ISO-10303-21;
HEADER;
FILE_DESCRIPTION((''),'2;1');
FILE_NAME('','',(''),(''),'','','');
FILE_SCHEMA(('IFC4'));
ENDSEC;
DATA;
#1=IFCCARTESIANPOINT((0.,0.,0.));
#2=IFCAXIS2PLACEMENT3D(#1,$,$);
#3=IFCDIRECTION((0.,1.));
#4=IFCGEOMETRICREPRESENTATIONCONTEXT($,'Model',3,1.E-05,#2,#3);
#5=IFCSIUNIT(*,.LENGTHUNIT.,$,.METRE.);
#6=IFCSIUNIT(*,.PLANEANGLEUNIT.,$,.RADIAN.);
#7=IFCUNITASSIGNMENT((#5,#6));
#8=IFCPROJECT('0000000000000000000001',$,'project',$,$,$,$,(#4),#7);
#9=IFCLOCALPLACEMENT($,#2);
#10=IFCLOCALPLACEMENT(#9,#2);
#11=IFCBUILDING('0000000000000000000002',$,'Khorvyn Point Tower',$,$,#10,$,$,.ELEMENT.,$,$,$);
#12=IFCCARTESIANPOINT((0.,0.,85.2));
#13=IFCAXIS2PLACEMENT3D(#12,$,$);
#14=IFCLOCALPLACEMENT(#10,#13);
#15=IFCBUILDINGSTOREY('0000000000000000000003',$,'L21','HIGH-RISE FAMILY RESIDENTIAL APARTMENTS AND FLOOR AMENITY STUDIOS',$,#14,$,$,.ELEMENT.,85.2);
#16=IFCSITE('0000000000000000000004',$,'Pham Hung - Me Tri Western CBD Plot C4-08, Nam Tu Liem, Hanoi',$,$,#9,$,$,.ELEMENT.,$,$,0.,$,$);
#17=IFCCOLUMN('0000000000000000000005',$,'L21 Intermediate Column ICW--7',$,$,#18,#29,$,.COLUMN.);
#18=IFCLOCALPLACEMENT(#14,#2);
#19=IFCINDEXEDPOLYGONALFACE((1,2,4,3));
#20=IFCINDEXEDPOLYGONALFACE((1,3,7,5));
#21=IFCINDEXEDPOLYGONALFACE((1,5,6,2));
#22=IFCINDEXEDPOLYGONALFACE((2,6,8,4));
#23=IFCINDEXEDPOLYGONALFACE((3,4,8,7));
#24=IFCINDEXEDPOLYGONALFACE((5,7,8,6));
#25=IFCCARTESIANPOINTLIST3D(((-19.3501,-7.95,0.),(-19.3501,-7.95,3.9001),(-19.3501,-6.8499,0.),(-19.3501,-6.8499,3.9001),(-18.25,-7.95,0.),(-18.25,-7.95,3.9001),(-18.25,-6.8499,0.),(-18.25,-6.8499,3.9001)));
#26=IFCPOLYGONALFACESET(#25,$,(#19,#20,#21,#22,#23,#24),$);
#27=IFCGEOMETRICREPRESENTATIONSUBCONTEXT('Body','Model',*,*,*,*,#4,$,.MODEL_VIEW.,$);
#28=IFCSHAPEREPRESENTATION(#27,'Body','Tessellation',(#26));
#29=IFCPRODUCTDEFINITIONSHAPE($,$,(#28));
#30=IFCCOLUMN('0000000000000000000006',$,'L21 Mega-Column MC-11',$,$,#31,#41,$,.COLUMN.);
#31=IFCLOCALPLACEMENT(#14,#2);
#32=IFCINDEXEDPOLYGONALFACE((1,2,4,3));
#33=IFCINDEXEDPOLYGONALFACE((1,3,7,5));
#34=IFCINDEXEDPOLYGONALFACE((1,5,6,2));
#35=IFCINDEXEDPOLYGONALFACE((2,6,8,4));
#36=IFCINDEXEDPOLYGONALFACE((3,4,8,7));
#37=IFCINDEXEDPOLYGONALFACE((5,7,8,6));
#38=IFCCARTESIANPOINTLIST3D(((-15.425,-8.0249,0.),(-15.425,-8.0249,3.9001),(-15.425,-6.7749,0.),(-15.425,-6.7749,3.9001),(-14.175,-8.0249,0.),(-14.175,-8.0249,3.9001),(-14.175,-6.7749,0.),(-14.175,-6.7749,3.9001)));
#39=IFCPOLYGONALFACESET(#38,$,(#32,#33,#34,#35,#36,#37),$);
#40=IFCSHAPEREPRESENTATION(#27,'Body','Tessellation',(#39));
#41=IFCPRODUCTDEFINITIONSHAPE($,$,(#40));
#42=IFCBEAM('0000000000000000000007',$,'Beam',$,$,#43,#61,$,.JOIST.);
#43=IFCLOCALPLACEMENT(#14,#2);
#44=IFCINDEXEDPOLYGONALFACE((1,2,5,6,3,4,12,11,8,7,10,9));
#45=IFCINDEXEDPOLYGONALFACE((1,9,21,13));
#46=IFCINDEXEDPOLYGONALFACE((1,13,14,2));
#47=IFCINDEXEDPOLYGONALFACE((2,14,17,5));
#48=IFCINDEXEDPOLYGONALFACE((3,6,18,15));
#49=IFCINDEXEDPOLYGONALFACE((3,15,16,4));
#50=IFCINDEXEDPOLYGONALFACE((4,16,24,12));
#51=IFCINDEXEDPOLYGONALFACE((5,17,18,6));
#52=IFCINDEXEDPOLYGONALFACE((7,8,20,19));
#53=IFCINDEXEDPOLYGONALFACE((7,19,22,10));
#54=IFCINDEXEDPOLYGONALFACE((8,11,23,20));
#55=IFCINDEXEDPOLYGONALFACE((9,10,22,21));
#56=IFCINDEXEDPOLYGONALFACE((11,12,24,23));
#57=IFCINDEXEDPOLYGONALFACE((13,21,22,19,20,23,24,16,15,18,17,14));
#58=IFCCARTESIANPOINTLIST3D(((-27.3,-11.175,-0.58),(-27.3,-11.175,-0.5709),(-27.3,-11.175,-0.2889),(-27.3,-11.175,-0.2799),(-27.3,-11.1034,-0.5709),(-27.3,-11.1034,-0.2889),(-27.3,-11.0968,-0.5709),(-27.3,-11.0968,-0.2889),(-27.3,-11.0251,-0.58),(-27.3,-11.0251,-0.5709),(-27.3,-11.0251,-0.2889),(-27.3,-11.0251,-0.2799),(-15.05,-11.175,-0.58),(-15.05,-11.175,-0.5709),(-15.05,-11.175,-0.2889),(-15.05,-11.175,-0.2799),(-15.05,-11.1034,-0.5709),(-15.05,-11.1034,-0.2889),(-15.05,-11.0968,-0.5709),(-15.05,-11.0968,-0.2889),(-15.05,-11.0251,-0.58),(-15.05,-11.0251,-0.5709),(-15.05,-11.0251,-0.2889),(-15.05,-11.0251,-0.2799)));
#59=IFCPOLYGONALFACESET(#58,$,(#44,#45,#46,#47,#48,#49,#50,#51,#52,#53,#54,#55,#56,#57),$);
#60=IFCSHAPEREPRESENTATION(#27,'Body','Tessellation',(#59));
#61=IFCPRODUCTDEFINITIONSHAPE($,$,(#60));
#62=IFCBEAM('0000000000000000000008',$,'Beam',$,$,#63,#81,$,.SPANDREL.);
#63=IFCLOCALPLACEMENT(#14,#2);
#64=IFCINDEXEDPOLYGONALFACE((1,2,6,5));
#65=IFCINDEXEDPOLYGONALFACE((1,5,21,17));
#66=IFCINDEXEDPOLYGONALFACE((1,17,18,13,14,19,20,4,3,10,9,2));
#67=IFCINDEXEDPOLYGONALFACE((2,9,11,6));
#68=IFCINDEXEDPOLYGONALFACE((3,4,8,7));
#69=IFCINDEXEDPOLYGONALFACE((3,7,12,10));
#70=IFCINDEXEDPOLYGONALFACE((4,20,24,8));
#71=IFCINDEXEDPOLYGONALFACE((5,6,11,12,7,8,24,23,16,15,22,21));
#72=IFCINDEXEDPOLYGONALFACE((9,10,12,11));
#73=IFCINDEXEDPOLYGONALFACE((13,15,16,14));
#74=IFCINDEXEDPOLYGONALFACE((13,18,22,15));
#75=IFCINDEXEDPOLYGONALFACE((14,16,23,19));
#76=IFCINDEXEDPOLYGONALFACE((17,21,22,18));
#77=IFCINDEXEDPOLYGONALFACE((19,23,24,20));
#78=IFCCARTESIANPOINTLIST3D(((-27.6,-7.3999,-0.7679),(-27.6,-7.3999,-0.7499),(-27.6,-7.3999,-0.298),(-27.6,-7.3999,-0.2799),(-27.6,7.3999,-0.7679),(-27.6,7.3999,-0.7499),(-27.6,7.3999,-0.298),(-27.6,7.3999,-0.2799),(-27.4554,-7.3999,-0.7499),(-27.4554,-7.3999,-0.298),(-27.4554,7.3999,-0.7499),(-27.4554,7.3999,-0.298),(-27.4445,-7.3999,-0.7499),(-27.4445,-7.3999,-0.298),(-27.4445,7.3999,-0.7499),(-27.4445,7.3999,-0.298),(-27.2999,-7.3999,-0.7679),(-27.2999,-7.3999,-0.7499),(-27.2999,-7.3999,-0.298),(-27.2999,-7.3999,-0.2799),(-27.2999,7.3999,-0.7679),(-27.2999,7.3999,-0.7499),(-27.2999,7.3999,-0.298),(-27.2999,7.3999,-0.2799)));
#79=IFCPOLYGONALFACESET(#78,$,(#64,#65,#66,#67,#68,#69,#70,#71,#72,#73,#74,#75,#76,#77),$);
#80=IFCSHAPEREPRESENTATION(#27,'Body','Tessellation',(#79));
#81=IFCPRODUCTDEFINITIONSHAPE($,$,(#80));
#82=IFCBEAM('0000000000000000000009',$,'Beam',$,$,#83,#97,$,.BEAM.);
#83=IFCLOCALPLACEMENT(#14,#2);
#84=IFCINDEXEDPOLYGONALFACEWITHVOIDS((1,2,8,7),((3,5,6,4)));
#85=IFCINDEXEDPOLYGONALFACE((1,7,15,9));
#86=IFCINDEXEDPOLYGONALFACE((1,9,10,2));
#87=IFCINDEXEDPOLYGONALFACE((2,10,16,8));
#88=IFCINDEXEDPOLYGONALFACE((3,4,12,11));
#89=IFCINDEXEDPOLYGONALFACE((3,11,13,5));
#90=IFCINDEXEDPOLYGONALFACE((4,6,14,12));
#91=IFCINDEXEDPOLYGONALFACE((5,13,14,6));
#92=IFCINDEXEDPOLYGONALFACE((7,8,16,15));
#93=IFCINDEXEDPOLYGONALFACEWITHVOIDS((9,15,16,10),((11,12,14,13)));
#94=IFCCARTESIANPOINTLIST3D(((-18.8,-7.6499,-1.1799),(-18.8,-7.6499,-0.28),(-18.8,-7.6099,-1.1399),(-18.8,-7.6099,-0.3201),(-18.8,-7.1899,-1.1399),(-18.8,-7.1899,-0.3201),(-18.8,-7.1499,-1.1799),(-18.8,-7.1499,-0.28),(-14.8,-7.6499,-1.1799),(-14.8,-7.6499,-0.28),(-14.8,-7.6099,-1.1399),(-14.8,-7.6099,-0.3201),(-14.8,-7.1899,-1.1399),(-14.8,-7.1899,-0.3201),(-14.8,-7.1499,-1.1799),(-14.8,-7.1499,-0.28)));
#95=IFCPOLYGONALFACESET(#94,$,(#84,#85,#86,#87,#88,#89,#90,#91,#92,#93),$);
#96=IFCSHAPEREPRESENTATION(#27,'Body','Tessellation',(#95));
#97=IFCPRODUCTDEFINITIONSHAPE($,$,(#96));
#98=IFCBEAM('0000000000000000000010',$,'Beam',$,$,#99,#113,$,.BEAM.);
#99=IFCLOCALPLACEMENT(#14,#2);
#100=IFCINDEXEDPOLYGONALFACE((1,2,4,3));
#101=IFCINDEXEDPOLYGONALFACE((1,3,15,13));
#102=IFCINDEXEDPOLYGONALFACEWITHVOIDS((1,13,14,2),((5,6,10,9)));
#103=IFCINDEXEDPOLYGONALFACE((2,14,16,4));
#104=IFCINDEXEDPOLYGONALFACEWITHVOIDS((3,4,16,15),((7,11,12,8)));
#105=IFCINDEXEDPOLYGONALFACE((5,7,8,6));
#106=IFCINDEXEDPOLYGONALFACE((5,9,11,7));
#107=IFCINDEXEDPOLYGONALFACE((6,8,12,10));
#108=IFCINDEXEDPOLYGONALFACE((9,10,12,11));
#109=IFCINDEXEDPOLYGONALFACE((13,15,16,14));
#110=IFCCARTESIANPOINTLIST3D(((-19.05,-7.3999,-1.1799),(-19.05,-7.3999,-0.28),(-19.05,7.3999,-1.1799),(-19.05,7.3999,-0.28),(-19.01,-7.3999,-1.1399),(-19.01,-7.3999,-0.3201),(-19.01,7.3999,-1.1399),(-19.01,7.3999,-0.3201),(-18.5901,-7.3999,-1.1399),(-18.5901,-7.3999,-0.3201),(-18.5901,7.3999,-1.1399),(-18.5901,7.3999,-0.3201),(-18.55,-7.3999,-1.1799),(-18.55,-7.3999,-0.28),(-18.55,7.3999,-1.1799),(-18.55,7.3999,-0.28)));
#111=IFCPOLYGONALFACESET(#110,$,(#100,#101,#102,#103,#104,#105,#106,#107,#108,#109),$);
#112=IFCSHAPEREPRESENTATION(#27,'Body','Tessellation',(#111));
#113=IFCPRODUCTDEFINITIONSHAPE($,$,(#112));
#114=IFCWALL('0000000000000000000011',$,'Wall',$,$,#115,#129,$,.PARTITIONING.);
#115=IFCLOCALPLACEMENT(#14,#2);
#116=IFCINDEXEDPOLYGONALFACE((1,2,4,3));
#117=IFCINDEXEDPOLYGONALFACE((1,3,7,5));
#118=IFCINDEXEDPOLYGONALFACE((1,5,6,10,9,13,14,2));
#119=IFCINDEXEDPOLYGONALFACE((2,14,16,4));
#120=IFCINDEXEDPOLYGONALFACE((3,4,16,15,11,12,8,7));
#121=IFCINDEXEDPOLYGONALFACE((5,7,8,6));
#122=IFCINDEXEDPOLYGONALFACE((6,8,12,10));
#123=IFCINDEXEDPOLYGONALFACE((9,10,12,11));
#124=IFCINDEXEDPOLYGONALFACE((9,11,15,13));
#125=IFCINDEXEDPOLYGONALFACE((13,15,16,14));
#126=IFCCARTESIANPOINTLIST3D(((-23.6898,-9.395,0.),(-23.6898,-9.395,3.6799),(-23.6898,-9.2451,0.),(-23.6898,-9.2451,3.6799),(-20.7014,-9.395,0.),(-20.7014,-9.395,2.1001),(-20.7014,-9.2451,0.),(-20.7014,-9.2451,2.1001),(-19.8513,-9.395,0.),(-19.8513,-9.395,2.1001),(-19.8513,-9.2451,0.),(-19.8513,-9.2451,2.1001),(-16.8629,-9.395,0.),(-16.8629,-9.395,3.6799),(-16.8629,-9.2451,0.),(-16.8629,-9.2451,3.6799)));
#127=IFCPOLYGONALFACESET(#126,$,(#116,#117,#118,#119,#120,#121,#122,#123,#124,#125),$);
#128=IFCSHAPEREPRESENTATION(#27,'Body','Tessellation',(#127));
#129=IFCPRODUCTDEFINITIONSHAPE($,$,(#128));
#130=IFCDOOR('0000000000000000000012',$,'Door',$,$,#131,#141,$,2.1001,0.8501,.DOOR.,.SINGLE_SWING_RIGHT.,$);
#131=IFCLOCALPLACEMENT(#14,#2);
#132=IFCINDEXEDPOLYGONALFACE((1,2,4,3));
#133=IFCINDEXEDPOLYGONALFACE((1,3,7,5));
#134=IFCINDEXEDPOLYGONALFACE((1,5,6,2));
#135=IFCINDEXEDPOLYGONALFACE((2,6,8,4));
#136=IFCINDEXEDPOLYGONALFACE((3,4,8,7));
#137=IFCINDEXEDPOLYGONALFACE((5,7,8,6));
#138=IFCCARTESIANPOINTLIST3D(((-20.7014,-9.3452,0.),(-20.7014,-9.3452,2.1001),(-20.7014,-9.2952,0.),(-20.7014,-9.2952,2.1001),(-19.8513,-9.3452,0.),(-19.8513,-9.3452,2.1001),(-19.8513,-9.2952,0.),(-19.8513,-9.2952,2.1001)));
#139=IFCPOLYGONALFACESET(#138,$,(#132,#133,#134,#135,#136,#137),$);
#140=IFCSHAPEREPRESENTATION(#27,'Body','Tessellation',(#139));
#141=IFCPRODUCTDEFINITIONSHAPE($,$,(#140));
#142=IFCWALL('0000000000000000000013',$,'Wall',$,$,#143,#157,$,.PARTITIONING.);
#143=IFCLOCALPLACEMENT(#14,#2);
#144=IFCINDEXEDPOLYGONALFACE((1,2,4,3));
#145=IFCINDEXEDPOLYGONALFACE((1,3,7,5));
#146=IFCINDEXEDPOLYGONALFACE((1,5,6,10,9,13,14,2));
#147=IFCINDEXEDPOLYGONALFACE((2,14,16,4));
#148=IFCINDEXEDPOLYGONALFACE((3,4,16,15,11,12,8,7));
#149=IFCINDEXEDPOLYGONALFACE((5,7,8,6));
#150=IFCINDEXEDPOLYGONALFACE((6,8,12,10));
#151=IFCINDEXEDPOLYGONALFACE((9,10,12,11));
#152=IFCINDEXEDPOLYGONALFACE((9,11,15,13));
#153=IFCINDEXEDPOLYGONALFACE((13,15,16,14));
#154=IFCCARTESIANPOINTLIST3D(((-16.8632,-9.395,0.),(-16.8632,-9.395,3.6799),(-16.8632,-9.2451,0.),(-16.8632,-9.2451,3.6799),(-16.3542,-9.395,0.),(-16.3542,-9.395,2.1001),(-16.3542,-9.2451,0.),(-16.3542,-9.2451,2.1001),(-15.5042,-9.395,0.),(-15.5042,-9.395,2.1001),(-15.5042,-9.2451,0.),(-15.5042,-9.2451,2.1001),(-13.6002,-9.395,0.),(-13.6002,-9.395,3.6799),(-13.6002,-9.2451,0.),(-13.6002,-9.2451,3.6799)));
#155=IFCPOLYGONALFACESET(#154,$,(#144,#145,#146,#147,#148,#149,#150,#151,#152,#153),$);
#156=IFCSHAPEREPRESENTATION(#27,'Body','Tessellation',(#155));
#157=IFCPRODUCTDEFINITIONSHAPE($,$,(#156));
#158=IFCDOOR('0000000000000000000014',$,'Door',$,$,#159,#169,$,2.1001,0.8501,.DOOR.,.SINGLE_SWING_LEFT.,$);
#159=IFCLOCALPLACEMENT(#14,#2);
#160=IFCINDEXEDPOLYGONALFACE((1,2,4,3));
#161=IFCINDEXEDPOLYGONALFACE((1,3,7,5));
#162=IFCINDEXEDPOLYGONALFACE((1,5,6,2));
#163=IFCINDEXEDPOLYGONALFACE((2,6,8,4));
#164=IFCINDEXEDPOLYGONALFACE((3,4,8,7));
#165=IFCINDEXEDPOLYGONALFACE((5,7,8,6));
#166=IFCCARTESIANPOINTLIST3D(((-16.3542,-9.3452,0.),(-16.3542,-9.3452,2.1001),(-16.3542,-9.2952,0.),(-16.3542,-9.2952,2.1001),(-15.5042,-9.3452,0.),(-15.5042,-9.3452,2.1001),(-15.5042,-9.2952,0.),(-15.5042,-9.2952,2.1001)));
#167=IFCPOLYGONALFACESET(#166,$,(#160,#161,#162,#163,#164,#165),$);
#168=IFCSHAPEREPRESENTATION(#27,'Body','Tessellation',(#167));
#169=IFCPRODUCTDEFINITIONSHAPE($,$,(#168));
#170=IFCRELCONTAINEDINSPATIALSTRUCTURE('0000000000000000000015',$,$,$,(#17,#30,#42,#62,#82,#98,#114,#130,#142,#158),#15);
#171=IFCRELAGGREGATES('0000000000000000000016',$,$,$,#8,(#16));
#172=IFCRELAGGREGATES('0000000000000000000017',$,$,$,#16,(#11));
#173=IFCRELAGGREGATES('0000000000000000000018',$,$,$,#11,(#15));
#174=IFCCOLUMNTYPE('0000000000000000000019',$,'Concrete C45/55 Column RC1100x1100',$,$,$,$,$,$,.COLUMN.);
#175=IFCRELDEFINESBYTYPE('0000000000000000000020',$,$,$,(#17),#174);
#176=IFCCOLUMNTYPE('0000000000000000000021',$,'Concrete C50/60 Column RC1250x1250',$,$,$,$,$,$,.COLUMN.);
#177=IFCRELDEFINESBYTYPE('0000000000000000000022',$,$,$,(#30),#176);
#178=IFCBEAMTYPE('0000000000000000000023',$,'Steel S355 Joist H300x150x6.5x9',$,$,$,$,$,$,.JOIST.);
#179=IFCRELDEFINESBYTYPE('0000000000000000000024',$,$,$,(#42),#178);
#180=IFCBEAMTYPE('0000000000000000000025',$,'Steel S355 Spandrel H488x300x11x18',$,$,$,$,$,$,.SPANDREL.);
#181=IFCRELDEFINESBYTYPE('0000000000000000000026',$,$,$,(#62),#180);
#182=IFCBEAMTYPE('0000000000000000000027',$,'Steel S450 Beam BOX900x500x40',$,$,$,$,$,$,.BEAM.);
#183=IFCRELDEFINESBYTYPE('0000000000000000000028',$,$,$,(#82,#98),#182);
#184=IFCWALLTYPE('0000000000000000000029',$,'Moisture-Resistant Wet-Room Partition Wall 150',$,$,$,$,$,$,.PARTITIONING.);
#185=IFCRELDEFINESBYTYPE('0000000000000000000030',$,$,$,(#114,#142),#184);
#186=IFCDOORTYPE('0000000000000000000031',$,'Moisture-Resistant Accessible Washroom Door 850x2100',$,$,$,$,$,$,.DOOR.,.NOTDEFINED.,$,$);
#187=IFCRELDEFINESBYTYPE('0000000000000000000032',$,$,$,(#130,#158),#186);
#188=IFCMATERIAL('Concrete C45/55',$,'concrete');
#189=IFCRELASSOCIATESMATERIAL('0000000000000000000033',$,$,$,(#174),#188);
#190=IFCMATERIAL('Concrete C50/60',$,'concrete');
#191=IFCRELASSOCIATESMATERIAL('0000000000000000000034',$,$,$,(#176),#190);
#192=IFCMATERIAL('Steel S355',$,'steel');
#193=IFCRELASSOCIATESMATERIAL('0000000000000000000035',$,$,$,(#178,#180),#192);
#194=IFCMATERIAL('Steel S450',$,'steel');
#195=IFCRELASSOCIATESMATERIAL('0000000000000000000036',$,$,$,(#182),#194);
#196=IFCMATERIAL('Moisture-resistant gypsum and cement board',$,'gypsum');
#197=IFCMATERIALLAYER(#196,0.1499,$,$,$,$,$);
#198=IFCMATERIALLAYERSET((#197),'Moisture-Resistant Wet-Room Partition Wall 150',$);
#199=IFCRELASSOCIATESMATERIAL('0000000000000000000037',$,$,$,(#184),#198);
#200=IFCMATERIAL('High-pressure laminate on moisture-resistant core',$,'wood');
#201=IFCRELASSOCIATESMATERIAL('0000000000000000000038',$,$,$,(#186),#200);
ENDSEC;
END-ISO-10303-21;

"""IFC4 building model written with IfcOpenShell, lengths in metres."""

from ifc_helpers import new_model, si_unit, direction, frame, frame_2d, origin, origin_2d, place, context, subcontext, project, spatial, rectangle, hollow_rectangle, i_section, extrude, material, layer, layer_set, material_profile, profile_set, type_object, element, fill, save


model = new_model("IFC4")

# Units and contexts
model_context = context("Model", 3, precision=1e-05, world=origin(), true_north=direction((0.0, 1.0)))
body_context = subcontext(model_context, "Body", "Model", "MODEL_VIEW")
ifc_project = project(units=[si_unit("LENGTHUNIT", "METRE"), si_unit("PLANEANGLEUNIT", "RADIAN")], contexts=[model_context])

# Site, building, storey
site_placement = place(None, origin())
site = spatial("IfcSite", under=ifc_project, at=site_placement, Name="Pham Hung - Me Tri Western CBD Plot C4-08, Nam Tu Liem, Hanoi", CompositionType="ELEMENT", RefElevation=0.0)
building_placement = place(site_placement, origin())
building = spatial("IfcBuilding", under=site, at=building_placement, Name="Khorvyn Point Tower", CompositionType="ELEMENT")
storey_placement = place(building_placement, frame((0.0, 0.0, 85.2)))
storey = spatial("IfcBuildingStorey", under=building, at=storey_placement, Name="L21", Description="HIGH-RISE FAMILY RESIDENTIAL APARTMENTS AND FLOOR AMENITY STUDIOS", CompositionType="ELEMENT", Elevation=85.2)

# Columns
ifc_material_1 = material(Name="Concrete C45/55", Category="concrete")
ifc_material_profile_1 = material_profile(ifc_material_1, rectangle(XDim=1.1001, YDim=1.1001, at=origin_2d()))
ifc_profile_set_1 = profile_set([ifc_material_profile_1], Name="Concrete C45/55 RC1100x1100")
column_type_1 = type_object("IfcColumnType", Name="Concrete C45/55 Column RC1100x1100", PredefinedType="COLUMN", material=ifc_profile_set_1)
column_1_placement = place(storey_placement, frame((-18.8, -7.3999, 0.0), z_axis=(0.0, 0.0, 1.0), x_axis=(1.0, 0.0, 0.0)))
element("IfcColumn", 1, at=column_1_placement, inside=storey, type_object=column_type_1, Name="L21 Intermediate Column ICW--7", PredefinedType="COLUMN", context=body_context, shape_type="SweptSolid", body=[
    extrude(rectangle(XDim=1.1001, YDim=1.1001, at=origin_2d()), origin(), (0.0, 0.0, 1.0), 3.9001),
])
ifc_material_2 = material(Name="Concrete C50/60", Category="concrete")
ifc_material_profile_2 = material_profile(ifc_material_2, rectangle(XDim=1.25, YDim=1.25, at=origin_2d()))
ifc_profile_set_2 = profile_set([ifc_material_profile_2], Name="Concrete C50/60 RC1250x1250")
column_type_2 = type_object("IfcColumnType", Name="Concrete C50/60 Column RC1250x1250", PredefinedType="COLUMN", material=ifc_profile_set_2)
column_2_placement = place(storey_placement, frame((-14.8, -7.3999, 0.0), z_axis=(0.0, 0.0, 1.0), x_axis=(1.0, 0.0, 0.0)))
element("IfcColumn", 2, at=column_2_placement, inside=storey, type_object=column_type_2, Name="L21 Mega-Column MC-11", PredefinedType="COLUMN", context=body_context, shape_type="SweptSolid", body=[
    extrude(rectangle(XDim=1.25, YDim=1.25, at=origin_2d()), origin(), (0.0, 0.0, 1.0), 3.9001),
])

# Beams
ifc_material_3 = material(Name="Steel S355", Category="steel")
ifc_material_profile_3 = material_profile(ifc_material_3, i_section(OverallWidth=0.1499, OverallDepth=0.3, WebThickness=0.0066, FlangeThickness=0.009, at=origin_2d()))
ifc_profile_set_3 = profile_set([ifc_material_profile_3], Name="Steel S355 H300x150x6.5x9")
beam_type_1 = type_object("IfcBeamType", Name="Steel S355 Joist H300x150x6.5x9", PredefinedType="JOIST", material=ifc_profile_set_3)
beam_1_placement = place(storey_placement, frame((-27.3, -11.1001, -0.4299), z_axis=(1.0, 0.0, 0.0), x_axis=(0.0, 1.0, 0.0)))
element("IfcBeam", 3, at=beam_1_placement, inside=storey, type_object=beam_type_1, Name="Beam", PredefinedType="JOIST", context=body_context, shape_type="SweptSolid", body=[
    extrude(i_section(OverallWidth=0.1499, OverallDepth=0.3, WebThickness=0.0066, FlangeThickness=0.009, at=origin_2d()), origin(), (0.0, 0.0, 1.0), 12.25),
])
ifc_material_profile_4 = material_profile(ifc_material_3, i_section(OverallWidth=0.3, OverallDepth=0.488, WebThickness=0.011, FlangeThickness=0.0181, at=origin_2d()))
ifc_profile_set_4 = profile_set([ifc_material_profile_4], Name="Steel S355 H488x300x11x18")
beam_type_2 = type_object("IfcBeamType", Name="Steel S355 Spandrel H488x300x11x18", PredefinedType="SPANDREL", material=ifc_profile_set_4)
beam_2_placement = place(storey_placement, frame((-27.45, -7.3999, -0.5239), z_axis=(0.0, 1.0, 0.0), x_axis=(-1.0, 0.0, 0.0)))
element("IfcBeam", 4, at=beam_2_placement, inside=storey, type_object=beam_type_2, Name="Beam", PredefinedType="SPANDREL", context=body_context, shape_type="SweptSolid", body=[
    extrude(i_section(OverallWidth=0.3, OverallDepth=0.488, WebThickness=0.011, FlangeThickness=0.0181, at=origin_2d()), origin(), (0.0, 0.0, 1.0), 14.7998),
])
ifc_material_4 = material(Name="Steel S450", Category="steel")
ifc_material_profile_5 = material_profile(ifc_material_4, hollow_rectangle(XDim=0.5, YDim=0.8999, WallThickness=0.04, at=origin_2d()))
ifc_profile_set_5 = profile_set([ifc_material_profile_5], Name="Steel S450 BOX900x500x40")
beam_type_3 = type_object("IfcBeamType", Name="Steel S450 Beam BOX900x500x40", PredefinedType="BEAM", material=ifc_profile_set_5)
beam_3_placement = place(storey_placement, frame((-18.8, -7.3999, -0.73), z_axis=(1.0, 0.0, 0.0), x_axis=(0.0, 1.0, 0.0)))
element("IfcBeam", 5, at=beam_3_placement, inside=storey, type_object=beam_type_3, Name="Beam", PredefinedType="BEAM", context=body_context, shape_type="SweptSolid", body=[
    extrude(hollow_rectangle(XDim=0.5, YDim=0.8999, WallThickness=0.04, at=origin_2d()), origin(), (0.0, 0.0, 1.0), 4.0),
])
beam_4_placement = place(storey_placement, frame((-18.8, -7.3999, -0.73), z_axis=(0.0, 1.0, 0.0), x_axis=(-1.0, 0.0, 0.0)))
element("IfcBeam", 6, at=beam_4_placement, inside=storey, type_object=beam_type_3, Name="Beam", PredefinedType="BEAM", context=body_context, shape_type="SweptSolid", body=[
    extrude(hollow_rectangle(XDim=0.5, YDim=0.8999, WallThickness=0.04, at=origin_2d()), origin(), (0.0, 0.0, 1.0), 14.7998),
])

# Walls, openings, doors
ifc_material_5 = material(Name="Moisture-resistant gypsum and cement board", Category="gypsum")
ifc_layer = layer(ifc_material_5, 0.1499)
ifc_layer_set = layer_set([ifc_layer], Name="Moisture-Resistant Wet-Room Partition Wall 150")
wall_type = type_object("IfcWallType", Name="Moisture-Resistant Wet-Room Partition Wall 150", PredefinedType="PARTITIONING", material=ifc_layer_set)
wall_1_placement = place(storey_placement, frame((-23.6899, -9.3201, 0.0), z_axis=(0.0, 0.0, 1.0), x_axis=(1.0, 0.0, 0.0)))
wall_1 = element("IfcWall", 7, at=wall_1_placement, inside=storey, type_object=wall_type, Name="Wall", PredefinedType="PARTITIONING", context=body_context, shape_type="SweptSolid", body=[
    extrude(rectangle(XDim=6.8269, YDim=0.1499, at=frame_2d((3.4136, 0.0))), origin(), (0.0, 0.0, 1.0), 3.6799),
])
opening_1_placement = place(wall_1_placement, frame((2.9885, 0.0, 0.0)))
opening_1 = element("IfcOpeningElement", 8, at=opening_1_placement, cuts=wall_1, PredefinedType="OPENING", context=body_context, shape_type="SweptSolid", body=[
    extrude(rectangle(XDim=0.8501, YDim=2.1001, at=frame_2d((0.425, 1.05))), frame((0.0, 0.085, 0.0), z_axis=(0.0, -1.0, 0.0), x_axis=(1.0, 0.0, 0.0)), (0.0, 0.0, 1.0), 0.1699),
])
ifc_material_6 = material(Name="High-pressure laminate on moisture-resistant core", Category="wood")
door_type = type_object("IfcDoorType", Name="Moisture-Resistant Accessible Washroom Door 850x2100", OperationType="NOTDEFINED", PredefinedType="DOOR", material=ifc_material_6)
door_1_placement = place(opening_1_placement, origin())
door_1 = element("IfcDoor", 9, at=door_1_placement, inside=storey, type_object=door_type, Name="Door", OperationType="SINGLE_SWING_RIGHT", OverallHeight=2.1001, OverallWidth=0.8501, PredefinedType="DOOR", context=body_context, shape_type="SweptSolid", body=[
    extrude(rectangle(XDim=0.8501, YDim=2.1001, at=frame_2d((0.425, 1.05))), frame((0.0, 0.0249, 0.0), z_axis=(0.0, -1.0, 0.0), x_axis=(1.0, 0.0, 0.0)), (0.0, 0.0, 1.0), 0.05),
])
fill(opening_1, door_1)
wall_2_placement = place(storey_placement, frame((-16.863, -9.3201, 0.0), z_axis=(0.0, 0.0, 1.0), x_axis=(1.0, 0.0, 0.0)))
wall_2 = element("IfcWall", 10, at=wall_2_placement, inside=storey, type_object=wall_type, Name="Wall", PredefinedType="PARTITIONING", context=body_context, shape_type="SweptSolid", body=[
    extrude(rectangle(XDim=3.2629, YDim=0.1499, at=frame_2d((1.6313, 0.0))), origin(), (0.0, 0.0, 1.0), 3.6799),
])
opening_2_placement = place(wall_2_placement, frame((0.5088, 0.0, 0.0)))
opening_2 = element("IfcOpeningElement", 11, at=opening_2_placement, cuts=wall_2, PredefinedType="OPENING", context=body_context, shape_type="SweptSolid", body=[
    extrude(rectangle(XDim=0.8501, YDim=2.1001, at=frame_2d((0.425, 1.05))), frame((0.0, 0.085, 0.0), z_axis=(0.0, -1.0, 0.0), x_axis=(1.0, 0.0, 0.0)), (0.0, 0.0, 1.0), 0.1699),
])
door_2_placement = place(opening_2_placement, origin())
door_2 = element("IfcDoor", 12, at=door_2_placement, inside=storey, type_object=door_type, Name="Door", OperationType="SINGLE_SWING_LEFT", OverallHeight=2.1001, OverallWidth=0.8501, PredefinedType="DOOR", context=body_context, shape_type="SweptSolid", body=[
    extrude(rectangle(XDim=0.8501, YDim=2.1001, at=frame_2d((0.425, 1.05))), frame((0.0, 0.0249, 0.0), z_axis=(0.0, -1.0, 0.0), x_axis=(1.0, 0.0, 0.0)), (0.0, 0.0, 1.0), 0.05),
])
fill(opening_2, door_2)

save(model, "model.ifc")
